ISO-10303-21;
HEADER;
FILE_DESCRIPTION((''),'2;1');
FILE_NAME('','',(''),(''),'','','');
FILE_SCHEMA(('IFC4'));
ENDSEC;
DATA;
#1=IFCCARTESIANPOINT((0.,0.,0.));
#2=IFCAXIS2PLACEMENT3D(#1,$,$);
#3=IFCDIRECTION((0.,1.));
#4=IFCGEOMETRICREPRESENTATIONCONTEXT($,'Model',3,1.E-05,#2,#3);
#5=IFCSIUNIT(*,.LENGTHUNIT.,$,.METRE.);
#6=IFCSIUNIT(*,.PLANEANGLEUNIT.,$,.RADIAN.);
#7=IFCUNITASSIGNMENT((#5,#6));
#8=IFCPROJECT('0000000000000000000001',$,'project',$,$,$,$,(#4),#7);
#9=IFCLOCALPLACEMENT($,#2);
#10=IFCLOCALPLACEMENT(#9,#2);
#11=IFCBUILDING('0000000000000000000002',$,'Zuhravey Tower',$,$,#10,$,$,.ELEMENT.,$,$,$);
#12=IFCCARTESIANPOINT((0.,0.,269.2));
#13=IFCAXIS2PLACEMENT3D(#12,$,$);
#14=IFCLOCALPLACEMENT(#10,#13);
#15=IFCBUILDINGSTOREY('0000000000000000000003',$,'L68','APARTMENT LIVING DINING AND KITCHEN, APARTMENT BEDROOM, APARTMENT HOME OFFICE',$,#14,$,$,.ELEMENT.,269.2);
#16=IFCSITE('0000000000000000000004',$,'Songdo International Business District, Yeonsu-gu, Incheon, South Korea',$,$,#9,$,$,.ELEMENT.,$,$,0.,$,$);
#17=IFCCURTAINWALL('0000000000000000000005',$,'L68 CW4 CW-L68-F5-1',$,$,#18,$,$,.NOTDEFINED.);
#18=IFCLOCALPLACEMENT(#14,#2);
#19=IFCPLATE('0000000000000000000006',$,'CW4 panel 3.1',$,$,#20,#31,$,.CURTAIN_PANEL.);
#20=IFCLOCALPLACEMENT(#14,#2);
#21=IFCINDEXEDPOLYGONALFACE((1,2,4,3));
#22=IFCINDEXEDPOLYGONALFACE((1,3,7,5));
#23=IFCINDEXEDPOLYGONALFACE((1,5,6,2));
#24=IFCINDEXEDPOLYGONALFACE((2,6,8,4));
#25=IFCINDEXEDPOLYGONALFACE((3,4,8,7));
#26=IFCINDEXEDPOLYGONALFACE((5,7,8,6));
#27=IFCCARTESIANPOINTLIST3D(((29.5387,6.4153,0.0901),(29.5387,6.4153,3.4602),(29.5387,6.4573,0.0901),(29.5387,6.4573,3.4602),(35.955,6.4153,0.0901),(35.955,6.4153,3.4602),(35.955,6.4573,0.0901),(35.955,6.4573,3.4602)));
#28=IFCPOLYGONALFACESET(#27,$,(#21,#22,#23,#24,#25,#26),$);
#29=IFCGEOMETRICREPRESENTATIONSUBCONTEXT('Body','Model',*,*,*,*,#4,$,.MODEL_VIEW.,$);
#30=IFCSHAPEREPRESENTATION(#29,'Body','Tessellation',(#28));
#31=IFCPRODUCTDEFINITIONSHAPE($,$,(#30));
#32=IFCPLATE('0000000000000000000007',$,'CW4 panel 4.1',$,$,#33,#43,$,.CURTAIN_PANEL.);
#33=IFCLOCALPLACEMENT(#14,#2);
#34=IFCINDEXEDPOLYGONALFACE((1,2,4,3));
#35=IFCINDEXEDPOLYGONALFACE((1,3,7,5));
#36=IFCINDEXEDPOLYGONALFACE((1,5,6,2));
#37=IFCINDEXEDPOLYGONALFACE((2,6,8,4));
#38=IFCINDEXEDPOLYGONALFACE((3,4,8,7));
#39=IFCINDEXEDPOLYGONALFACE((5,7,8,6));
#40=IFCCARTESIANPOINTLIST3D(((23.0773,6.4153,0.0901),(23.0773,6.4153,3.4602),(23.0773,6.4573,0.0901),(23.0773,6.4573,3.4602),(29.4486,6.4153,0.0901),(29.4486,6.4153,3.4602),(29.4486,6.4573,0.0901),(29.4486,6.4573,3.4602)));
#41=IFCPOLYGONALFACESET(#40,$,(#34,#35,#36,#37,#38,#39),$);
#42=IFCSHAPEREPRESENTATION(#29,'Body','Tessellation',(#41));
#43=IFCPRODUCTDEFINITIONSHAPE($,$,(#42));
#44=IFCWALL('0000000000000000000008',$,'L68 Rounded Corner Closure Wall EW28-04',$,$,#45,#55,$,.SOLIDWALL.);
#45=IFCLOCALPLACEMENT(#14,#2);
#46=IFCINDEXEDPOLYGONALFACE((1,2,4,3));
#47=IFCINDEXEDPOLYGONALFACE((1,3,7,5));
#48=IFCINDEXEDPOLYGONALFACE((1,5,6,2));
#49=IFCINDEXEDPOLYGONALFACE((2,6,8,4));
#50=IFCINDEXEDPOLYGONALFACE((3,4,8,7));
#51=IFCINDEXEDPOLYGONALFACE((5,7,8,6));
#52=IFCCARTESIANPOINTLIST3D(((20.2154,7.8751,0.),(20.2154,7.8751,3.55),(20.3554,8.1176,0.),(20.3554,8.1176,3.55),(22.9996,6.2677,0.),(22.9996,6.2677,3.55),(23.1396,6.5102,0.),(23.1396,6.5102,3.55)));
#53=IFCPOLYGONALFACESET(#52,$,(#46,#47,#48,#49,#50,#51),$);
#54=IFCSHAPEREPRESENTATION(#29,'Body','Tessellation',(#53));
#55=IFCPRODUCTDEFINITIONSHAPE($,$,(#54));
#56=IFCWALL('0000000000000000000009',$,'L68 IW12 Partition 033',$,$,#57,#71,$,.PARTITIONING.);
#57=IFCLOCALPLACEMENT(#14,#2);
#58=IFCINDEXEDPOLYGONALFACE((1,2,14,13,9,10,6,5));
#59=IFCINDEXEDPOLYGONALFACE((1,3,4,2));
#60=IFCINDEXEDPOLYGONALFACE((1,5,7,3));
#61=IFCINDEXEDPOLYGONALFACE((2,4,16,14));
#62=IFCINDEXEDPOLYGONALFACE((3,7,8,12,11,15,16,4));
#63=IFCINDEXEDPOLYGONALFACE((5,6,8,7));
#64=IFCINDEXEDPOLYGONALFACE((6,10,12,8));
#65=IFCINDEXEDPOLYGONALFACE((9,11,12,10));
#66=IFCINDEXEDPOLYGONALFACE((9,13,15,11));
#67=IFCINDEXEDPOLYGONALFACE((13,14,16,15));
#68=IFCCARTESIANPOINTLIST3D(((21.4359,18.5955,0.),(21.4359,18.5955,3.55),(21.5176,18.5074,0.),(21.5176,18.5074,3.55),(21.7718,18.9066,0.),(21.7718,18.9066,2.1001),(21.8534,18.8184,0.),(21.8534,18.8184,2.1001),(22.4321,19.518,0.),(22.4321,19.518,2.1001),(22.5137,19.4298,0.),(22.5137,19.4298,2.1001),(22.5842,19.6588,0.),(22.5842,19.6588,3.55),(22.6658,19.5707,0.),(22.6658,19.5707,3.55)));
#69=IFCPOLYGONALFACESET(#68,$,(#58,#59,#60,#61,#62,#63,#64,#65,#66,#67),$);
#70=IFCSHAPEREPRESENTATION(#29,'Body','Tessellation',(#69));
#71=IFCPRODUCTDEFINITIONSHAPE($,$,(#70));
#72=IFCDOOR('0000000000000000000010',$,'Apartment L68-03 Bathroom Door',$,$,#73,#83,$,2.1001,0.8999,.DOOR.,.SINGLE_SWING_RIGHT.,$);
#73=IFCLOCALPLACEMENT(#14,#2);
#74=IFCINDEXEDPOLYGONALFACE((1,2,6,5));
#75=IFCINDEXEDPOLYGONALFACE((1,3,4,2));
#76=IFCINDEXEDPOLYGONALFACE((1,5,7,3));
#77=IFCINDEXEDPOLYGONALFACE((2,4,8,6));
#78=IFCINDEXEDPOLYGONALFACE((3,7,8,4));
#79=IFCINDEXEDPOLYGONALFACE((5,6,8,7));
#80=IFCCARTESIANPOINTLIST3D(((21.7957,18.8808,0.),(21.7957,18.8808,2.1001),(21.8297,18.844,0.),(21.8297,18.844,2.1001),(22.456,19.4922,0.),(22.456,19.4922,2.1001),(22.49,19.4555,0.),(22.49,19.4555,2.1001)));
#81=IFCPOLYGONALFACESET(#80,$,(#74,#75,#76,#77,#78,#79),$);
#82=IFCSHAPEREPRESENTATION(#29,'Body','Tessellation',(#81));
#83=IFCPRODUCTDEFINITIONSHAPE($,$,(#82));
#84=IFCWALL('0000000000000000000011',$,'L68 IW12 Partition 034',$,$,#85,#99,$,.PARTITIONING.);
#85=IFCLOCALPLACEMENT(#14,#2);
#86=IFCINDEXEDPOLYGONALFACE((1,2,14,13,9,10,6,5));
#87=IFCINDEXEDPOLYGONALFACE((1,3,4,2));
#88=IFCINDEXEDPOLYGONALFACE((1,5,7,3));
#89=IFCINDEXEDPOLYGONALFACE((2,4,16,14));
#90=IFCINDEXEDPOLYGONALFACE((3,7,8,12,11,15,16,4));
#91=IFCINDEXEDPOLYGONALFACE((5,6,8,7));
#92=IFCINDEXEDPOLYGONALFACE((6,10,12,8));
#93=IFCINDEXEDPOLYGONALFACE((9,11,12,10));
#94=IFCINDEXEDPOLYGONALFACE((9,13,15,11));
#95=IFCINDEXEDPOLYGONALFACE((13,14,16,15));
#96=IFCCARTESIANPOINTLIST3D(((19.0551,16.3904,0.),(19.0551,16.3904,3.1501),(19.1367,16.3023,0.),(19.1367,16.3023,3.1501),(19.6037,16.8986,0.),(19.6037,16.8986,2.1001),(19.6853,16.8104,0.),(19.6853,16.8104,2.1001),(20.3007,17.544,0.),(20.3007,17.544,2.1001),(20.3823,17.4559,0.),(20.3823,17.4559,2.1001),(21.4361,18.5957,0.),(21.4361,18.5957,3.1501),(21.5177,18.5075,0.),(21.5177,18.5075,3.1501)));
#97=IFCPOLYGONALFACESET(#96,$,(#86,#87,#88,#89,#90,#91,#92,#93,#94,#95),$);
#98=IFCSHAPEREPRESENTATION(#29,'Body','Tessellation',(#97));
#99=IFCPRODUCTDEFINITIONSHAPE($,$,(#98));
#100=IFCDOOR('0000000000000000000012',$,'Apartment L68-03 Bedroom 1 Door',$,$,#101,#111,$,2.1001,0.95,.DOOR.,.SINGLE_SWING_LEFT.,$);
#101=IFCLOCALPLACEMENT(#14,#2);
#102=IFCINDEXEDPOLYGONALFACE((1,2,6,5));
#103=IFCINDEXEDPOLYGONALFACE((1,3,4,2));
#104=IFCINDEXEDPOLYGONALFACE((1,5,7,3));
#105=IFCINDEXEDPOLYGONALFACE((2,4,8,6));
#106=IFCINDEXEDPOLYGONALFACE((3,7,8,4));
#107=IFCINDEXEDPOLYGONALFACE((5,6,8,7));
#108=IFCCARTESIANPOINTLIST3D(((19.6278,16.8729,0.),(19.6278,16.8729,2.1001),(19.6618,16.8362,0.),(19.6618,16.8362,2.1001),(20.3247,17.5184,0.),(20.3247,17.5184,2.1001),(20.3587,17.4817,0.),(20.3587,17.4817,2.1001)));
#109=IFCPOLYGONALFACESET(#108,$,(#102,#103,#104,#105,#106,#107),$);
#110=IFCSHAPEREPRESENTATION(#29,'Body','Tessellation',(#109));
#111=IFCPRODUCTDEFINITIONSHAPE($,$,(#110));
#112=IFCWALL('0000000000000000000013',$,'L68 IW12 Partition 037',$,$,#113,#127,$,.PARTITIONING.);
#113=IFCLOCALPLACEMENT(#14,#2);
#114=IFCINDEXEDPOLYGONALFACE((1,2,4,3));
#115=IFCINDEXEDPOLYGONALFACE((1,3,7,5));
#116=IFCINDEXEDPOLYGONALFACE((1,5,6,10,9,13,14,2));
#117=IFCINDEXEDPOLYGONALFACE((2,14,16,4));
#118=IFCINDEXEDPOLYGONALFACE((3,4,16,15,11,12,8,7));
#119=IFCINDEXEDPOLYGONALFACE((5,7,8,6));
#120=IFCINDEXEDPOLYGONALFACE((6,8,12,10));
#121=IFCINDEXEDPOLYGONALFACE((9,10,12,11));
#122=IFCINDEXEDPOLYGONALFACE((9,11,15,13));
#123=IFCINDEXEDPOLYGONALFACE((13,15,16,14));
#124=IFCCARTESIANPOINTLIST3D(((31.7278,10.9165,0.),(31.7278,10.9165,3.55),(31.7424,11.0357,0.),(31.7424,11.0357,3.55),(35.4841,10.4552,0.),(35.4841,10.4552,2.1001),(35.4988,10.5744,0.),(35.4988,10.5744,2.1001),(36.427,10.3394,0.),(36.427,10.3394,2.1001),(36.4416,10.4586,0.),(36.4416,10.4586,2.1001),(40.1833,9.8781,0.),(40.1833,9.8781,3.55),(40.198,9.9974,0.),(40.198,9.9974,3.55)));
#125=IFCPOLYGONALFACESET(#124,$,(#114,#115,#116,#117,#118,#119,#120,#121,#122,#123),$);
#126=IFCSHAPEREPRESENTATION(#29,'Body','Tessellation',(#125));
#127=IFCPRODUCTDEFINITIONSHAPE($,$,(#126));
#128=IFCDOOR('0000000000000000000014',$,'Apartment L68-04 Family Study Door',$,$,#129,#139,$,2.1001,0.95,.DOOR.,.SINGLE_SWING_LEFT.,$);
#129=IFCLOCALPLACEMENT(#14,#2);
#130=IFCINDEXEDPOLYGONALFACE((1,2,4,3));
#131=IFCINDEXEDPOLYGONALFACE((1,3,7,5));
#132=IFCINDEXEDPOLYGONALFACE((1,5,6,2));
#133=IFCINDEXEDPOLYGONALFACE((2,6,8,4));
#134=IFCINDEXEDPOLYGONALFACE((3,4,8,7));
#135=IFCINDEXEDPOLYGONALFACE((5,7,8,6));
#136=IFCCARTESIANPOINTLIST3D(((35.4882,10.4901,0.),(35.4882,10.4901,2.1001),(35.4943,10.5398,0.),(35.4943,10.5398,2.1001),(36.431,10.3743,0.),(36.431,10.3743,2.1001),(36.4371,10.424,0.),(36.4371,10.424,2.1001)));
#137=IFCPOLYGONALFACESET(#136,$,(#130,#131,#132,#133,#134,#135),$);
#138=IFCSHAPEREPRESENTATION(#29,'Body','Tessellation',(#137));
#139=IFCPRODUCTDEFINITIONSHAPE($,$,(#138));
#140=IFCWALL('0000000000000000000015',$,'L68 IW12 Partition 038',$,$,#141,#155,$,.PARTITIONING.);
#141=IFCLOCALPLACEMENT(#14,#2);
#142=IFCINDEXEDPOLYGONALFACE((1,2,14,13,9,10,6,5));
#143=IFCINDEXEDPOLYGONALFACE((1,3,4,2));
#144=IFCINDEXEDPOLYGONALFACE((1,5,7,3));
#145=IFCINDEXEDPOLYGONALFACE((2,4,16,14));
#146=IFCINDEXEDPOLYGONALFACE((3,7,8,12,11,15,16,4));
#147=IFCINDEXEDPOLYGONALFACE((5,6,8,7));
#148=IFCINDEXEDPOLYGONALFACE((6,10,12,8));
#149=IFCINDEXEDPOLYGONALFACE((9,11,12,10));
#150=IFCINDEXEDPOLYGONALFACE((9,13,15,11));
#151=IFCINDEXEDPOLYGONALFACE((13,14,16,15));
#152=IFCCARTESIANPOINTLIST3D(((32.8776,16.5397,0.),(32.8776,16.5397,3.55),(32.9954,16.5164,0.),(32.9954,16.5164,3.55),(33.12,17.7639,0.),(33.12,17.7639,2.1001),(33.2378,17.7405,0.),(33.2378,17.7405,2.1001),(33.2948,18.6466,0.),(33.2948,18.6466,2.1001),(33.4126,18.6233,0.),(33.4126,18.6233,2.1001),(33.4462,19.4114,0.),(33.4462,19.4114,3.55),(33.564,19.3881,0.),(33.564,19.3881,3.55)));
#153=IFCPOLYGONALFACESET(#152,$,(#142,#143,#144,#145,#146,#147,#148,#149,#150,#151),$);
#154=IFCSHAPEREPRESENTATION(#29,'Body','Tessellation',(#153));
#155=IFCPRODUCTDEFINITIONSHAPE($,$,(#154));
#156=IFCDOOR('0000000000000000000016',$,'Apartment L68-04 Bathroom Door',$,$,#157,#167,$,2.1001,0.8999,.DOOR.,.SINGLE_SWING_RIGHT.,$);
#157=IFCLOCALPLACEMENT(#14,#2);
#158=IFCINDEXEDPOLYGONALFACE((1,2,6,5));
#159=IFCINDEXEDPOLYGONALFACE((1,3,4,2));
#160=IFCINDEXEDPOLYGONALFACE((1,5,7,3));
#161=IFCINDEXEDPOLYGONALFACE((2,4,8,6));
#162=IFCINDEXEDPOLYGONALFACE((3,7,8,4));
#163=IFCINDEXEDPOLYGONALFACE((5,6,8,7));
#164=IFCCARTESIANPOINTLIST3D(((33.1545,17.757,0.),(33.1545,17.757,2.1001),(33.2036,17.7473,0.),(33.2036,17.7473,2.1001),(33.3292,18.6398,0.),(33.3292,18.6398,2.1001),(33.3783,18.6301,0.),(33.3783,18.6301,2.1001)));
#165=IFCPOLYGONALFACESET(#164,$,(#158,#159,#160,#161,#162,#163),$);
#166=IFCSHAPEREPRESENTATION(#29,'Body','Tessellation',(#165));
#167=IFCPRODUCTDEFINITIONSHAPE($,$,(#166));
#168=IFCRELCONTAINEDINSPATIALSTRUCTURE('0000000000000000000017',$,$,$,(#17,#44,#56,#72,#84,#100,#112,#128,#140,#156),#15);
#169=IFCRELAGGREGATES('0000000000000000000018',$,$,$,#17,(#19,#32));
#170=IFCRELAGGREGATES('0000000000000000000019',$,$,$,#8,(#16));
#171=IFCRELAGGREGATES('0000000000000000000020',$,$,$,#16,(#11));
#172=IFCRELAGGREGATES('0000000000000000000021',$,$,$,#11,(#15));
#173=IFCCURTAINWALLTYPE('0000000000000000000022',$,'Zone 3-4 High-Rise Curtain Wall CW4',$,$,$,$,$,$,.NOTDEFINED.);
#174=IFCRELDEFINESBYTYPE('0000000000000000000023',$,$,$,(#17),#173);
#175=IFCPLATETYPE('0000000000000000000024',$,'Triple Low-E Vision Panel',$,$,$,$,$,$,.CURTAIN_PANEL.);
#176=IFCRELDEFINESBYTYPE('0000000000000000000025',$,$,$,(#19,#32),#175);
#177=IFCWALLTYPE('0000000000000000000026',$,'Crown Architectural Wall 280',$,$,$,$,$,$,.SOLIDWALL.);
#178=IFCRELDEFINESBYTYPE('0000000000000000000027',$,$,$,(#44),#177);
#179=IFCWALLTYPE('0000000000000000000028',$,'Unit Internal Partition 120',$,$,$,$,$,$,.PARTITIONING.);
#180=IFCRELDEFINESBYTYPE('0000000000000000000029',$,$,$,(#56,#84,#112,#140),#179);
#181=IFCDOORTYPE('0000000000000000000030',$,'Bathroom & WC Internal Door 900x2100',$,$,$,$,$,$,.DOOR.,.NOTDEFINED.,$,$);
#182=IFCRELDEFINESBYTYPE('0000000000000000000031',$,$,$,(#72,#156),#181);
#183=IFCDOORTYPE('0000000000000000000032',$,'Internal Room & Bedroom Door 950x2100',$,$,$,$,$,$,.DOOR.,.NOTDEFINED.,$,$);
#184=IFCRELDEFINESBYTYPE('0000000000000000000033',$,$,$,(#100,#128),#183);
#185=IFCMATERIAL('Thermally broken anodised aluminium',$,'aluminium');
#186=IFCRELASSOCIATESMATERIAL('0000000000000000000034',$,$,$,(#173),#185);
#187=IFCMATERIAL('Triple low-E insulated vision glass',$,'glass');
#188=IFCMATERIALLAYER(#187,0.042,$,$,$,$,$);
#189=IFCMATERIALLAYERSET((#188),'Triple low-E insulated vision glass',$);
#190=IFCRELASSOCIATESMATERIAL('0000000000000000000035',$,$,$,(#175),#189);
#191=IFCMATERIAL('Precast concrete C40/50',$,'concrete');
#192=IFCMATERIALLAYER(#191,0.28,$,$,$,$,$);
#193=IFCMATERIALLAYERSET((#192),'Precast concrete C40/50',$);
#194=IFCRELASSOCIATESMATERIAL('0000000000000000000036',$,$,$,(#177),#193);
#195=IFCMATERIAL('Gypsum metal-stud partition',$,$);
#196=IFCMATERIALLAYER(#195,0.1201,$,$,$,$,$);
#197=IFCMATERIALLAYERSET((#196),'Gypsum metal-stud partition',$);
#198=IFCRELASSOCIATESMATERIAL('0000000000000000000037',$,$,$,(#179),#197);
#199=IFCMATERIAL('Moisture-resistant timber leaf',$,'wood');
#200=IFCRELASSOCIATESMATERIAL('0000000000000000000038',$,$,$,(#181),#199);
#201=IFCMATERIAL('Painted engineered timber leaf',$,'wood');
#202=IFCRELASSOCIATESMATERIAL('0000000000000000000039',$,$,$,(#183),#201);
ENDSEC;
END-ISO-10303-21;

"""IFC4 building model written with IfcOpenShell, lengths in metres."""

from ifc_helpers import new_model, si_unit, direction, frame, frame_2d, origin, origin_2d, place, context, subcontext, project, spatial, rectangle, extrude, material, layer, layer_set, type_object, element, fill, aggregate, save


model = new_model("IFC4")

# Units and contexts
model_context = context("Model", 3, precision=1e-05, world=origin(), true_north=direction((0.0, 1.0)))
body_context = subcontext(model_context, "Body", "Model", "MODEL_VIEW")
ifc_project = project(units=[si_unit("LENGTHUNIT", "METRE"), si_unit("PLANEANGLEUNIT", "RADIAN")], contexts=[model_context])

# Site, building, storey
site_placement = place(None, origin())
site = spatial("IfcSite", under=ifc_project, at=site_placement, Name="Songdo International Business District, Yeonsu-gu, Incheon, South Korea", CompositionType="ELEMENT", RefElevation=0.0)
building_placement = place(site_placement, origin())
building = spatial("IfcBuilding", under=site, at=building_placement, Name="Zuhravey Tower", CompositionType="ELEMENT")
storey_placement = place(building_placement, frame((0.0, 0.0, 269.2)))
storey = spatial("IfcBuildingStorey", under=building, at=storey_placement, Name="L68", Description="APARTMENT LIVING DINING AND KITCHEN, APARTMENT BEDROOM, APARTMENT HOME OFFICE", CompositionType="ELEMENT", Elevation=269.2)

# Curtain wall
ifc_material_1 = material(Name="Thermally broken anodised aluminium", Category="aluminium")
curtain_wall_type = type_object("IfcCurtainWallType", Name="Zone 3-4 High-Rise Curtain Wall CW4", PredefinedType="NOTDEFINED", material=ifc_material_1)
curtain_wall_placement = place(storey_placement, origin())
curtain_wall = element("IfcCurtainWall", 1, at=curtain_wall_placement, inside=storey, type_object=curtain_wall_type, Name="L68 CW4 CW-L68-F5-1", PredefinedType="NOTDEFINED")

# Plates
ifc_material_2 = material(Name="Triple low-E insulated vision glass", Category="glass")
ifc_layer_1 = layer(ifc_material_2, 0.042)
ifc_layer_set_1 = layer_set([ifc_layer_1], Name="Triple low-E insulated vision glass")
plate_type_1 = type_object("IfcPlateType", Name="Triple Low-E Vision Panel", PredefinedType="CURTAIN_PANEL", material=ifc_layer_set_1)
plate_1_placement = place(storey_placement, frame((32.7468, 6.4363, 0.0901), z_axis=(0.0, 0.0, 1.0), x_axis=(-1.0, 0.0, 0.0)))
plate_1 = element("IfcPlate", 2, at=plate_1_placement, type_object=plate_type_1, Name="CW4 panel 3.1", PredefinedType="CURTAIN_PANEL", context=body_context, shape_type="SweptSolid", body=[
    extrude(rectangle(XDim=6.4163, YDim=0.042, at=origin_2d()), origin(), (0.0, 0.0, 1.0), 3.3701),
])
plate_2_placement = place(storey_placement, frame((26.2629, 6.4363, 0.0901), z_axis=(0.0, 0.0, 1.0), x_axis=(-1.0, 0.0, 0.0)))
plate_2 = element("IfcPlate", 3, at=plate_2_placement, type_object=plate_type_1, Name="CW4 panel 4.1", PredefinedType="CURTAIN_PANEL", context=body_context, shape_type="SweptSolid", body=[
    extrude(rectangle(XDim=6.3713, YDim=0.042, at=origin_2d()), origin(), (0.0, 0.0, 1.0), 3.3701),
])
aggregate(curtain_wall, [plate_1, plate_2])

# Wall
ifc_material_3 = material(Name="Precast concrete C40/50", Category="concrete")
ifc_layer_2 = layer(ifc_material_3, 0.28)
ifc_layer_set_2 = layer_set([ifc_layer_2], Name="Precast concrete C40/50")
wall_type_1 = type_object("IfcWallType", Name="Crown Architectural Wall 280", PredefinedType="SOLIDWALL", material=ifc_layer_set_2)
wall_1_placement = place(storey_placement, frame((23.0696, 6.3889, 0.0), z_axis=(0.0, 0.0, 1.0), x_axis=(-0.866029, 0.499994, 0.0)))
element("IfcWall", 4, at=wall_1_placement, inside=storey, type_object=wall_type_1, Name="L68 Rounded Corner Closure Wall EW28-04", PredefinedType="SOLIDWALL", context=body_context, shape_type="SweptSolid", body=[
    extrude(rectangle(XDim=3.2148, YDim=0.28, at=frame_2d((1.6074, 0.0))), origin(), (0.0, 0.0, 1.0), 3.55),
])

# Walls, openings, doors
ifc_material_4 = material(Name="Gypsum metal-stud partition")
ifc_layer_3 = layer(ifc_material_4, 0.1201)
ifc_layer_set_3 = layer_set([ifc_layer_3], Name="Gypsum metal-stud partition")
wall_type_2 = type_object("IfcWallType", Name="Unit Internal Partition 120", PredefinedType="PARTITIONING", material=ifc_layer_set_3)
wall_2_placement = place(storey_placement, frame((22.625, 19.6147, 0.0), z_axis=(0.0, 0.0, 1.0), x_axis=(-0.733732, -0.679439, 0.0)))
wall_2 = element("IfcWall", 5, at=wall_2_placement, inside=storey, type_object=wall_type_2, Name="L68 IW12 Partition 033", PredefinedType="PARTITIONING", context=body_context, shape_type="SweptSolid", body=[
    extrude(rectangle(XDim=1.5649, YDim=0.1201, at=frame_2d((0.7825, 0.0))), origin(), (0.0, 0.0, 1.0), 3.55),
])
opening_1_placement = place(wall_2_placement, frame((0.2073, 0.0, 0.0)))
opening_1 = element("IfcOpeningElement", 6, at=opening_1_placement, cuts=wall_2, PredefinedType="OPENING", context=body_context, shape_type="SweptSolid", body=[
    extrude(rectangle(XDim=0.8999, YDim=2.1001, at=frame_2d((0.45, 1.05))), frame((0.0, 0.072, 0.0), z_axis=(0.0, -1.0, 0.0), x_axis=(1.0, 0.0, 0.0)), (0.0, 0.0, 1.0), 0.144),
])
ifc_material_5 = material(Name="Moisture-resistant timber leaf", Category="wood")
door_type_1 = type_object("IfcDoorType", Name="Bathroom & WC Internal Door 900x2100", OperationType="NOTDEFINED", PredefinedType="DOOR", material=ifc_material_5)
door_1_placement = place(opening_1_placement, frame((0.8999, 0.0, 0.0), z_axis=(0.0, 0.0, 1.0), x_axis=(-1.0, 0.0, 0.0)))
door_1 = element("IfcDoor", 7, at=door_1_placement, inside=storey, type_object=door_type_1, Name="Apartment L68-03 Bathroom Door", OperationType="SINGLE_SWING_RIGHT", OverallHeight=2.1001, OverallWidth=0.8999, PredefinedType="DOOR", context=body_context, shape_type="SweptSolid", body=[
    extrude(rectangle(XDim=0.8999, YDim=2.1001, at=frame_2d((0.45, 1.05))), frame((0.0, 0.0249, 0.0), z_axis=(0.0, -1.0, 0.0), x_axis=(1.0, 0.0, 0.0)), (0.0, 0.0, 1.0), 0.05),
])
fill(opening_1, door_1)
wall_3_placement = place(storey_placement, frame((21.4768, 18.5515, 0.0), z_axis=(0.0, 0.0, 1.0), x_axis=(-0.733669, -0.679507, 0.0)))
wall_3 = element("IfcWall", 8, at=wall_3_placement, inside=storey, type_object=wall_type_2, Name="L68 IW12 Partition 034", PredefinedType="PARTITIONING", context=body_context, shape_type="SweptSolid", body=[
    extrude(rectangle(XDim=3.2454, YDim=0.1201, at=frame_2d((1.6226, 0.0))), origin(), (0.0, 0.0, 1.0), 3.1501),
])
opening_2_placement = place(wall_3_placement, frame((1.5474, 0.0, 0.0)))
opening_2 = element("IfcOpeningElement", 9, at=opening_2_placement, cuts=wall_3, PredefinedType="OPENING", context=body_context, shape_type="SweptSolid", body=[
    extrude(rectangle(XDim=0.95, YDim=2.1001, at=frame_2d((0.4751, 1.05))), frame((0.0, 0.072, 0.0), z_axis=(0.0, -1.0, 0.0), x_axis=(1.0, 0.0, 0.0)), (0.0, 0.0, 1.0), 0.144),
])
ifc_material_6 = material(Name="Painted engineered timber leaf", Category="wood")
door_type_2 = type_object("IfcDoorType", Name="Internal Room & Bedroom Door 950x2100", OperationType="NOTDEFINED", PredefinedType="DOOR", material=ifc_material_6)
door_2_placement = place(opening_2_placement, frame((0.95, 0.0, 0.0), z_axis=(0.0, 0.0, 1.0), x_axis=(-1.0, 0.0, 0.0)))
door_2 = element("IfcDoor", 10, at=door_2_placement, inside=storey, type_object=door_type_2, Name="Apartment L68-03 Bedroom 1 Door", OperationType="SINGLE_SWING_LEFT", OverallHeight=2.1001, OverallWidth=0.95, PredefinedType="DOOR", context=body_context, shape_type="SweptSolid", body=[
    extrude(rectangle(XDim=0.95, YDim=2.1001, at=frame_2d((0.4751, 1.05))), frame((0.0, 0.0249, 0.0), z_axis=(0.0, -1.0, 0.0), x_axis=(1.0, 0.0, 0.0)), (0.0, 0.0, 1.0), 0.05),
])
fill(opening_2, door_2)
wall_4_placement = place(storey_placement, frame((31.7351, 10.9761, 0.0), z_axis=(0.0, 0.0, 1.0), x_axis=(0.992544, -0.121883, 0.0)))
wall_4 = element("IfcWall", 11, at=wall_4_placement, inside=storey, type_object=wall_type_2, Name="L68 IW12 Partition 037", PredefinedType="PARTITIONING", context=body_context, shape_type="SweptSolid", body=[
    extrude(rectangle(XDim=8.519, YDim=0.1201, at=frame_2d((4.2595, 0.0))), origin(), (0.0, 0.0, 1.0), 3.55),
])
opening_3_placement = place(wall_4_placement, frame((3.7844, 0.0, 0.0)))
opening_3 = element("IfcOpeningElement", 12, at=opening_3_placement, cuts=wall_4, PredefinedType="OPENING", context=body_context, shape_type="SweptSolid", body=[
    extrude(rectangle(XDim=0.95, YDim=2.1001, at=frame_2d((0.4751, 1.05))), frame((0.0, 0.072, 0.0), z_axis=(0.0, -1.0, 0.0), x_axis=(1.0, 0.0, 0.0)), (0.0, 0.0, 1.0), 0.144),
])
door_3_placement = place(opening_3_placement, frame((0.95, 0.0, 0.0), z_axis=(0.0, 0.0, 1.0), x_axis=(-1.0, 0.0, 0.0)))
door_3 = element("IfcDoor", 13, at=door_3_placement, inside=storey, type_object=door_type_2, Name="Apartment L68-04 Family Study Door", OperationType="SINGLE_SWING_LEFT", OverallHeight=2.1001, OverallWidth=0.95, PredefinedType="DOOR", context=body_context, shape_type="SweptSolid", body=[
    extrude(rectangle(XDim=0.95, YDim=2.1001, at=frame_2d((0.4751, 1.05))), frame((0.0, 0.0249, 0.0), z_axis=(0.0, -1.0, 0.0), x_axis=(1.0, 0.0, 0.0)), (0.0, 0.0, 1.0), 0.05),
])
fill(opening_3, door_3)
wall_5_placement = place(storey_placement, frame((33.5051, 19.3999, 0.0), z_axis=(0.0, 0.0, 1.0), x_axis=(-0.194223, -0.980957, 0.0)))
wall_5 = element("IfcWall", 14, at=wall_5_placement, inside=storey, type_object=wall_type_2, Name="L68 IW12 Partition 038", PredefinedType="PARTITIONING", context=body_context, shape_type="SweptSolid", body=[
    extrude(rectangle(XDim=2.9275, YDim=0.1201, at=frame_2d((1.4639, 0.0))), origin(), (0.0, 0.0, 1.0), 3.55),
])
opening_4_placement = place(wall_5_placement, frame((0.7798, 0.0, 0.0)))
opening_4 = element("IfcOpeningElement", 15, at=opening_4_placement, cuts=wall_5, PredefinedType="OPENING", context=body_context, shape_type="SweptSolid", body=[
    extrude(rectangle(XDim=0.8999, YDim=2.1001, at=frame_2d((0.45, 1.05))), frame((0.0, 0.072, 0.0), z_axis=(0.0, -1.0, 0.0), x_axis=(1.0, 0.0, 0.0)), (0.0, 0.0, 1.0), 0.144),
])
door_4_placement = place(opening_4_placement, frame((0.8999, 0.0, 0.0), z_axis=(0.0, 0.0, 1.0), x_axis=(-1.0, 0.0, 0.0)))
door_4 = element("IfcDoor", 16, at=door_4_placement, inside=storey, type_object=door_type_1, Name="Apartment L68-04 Bathroom Door", OperationType="SINGLE_SWING_RIGHT", OverallHeight=2.1001, OverallWidth=0.8999, PredefinedType="DOOR", context=body_context, shape_type="SweptSolid", body=[
    extrude(rectangle(XDim=0.8999, YDim=2.1001, at=frame_2d((0.45, 1.05))), frame((0.0, 0.0249, 0.0), z_axis=(0.0, -1.0, 0.0), x_axis=(1.0, 0.0, 0.0)), (0.0, 0.0, 1.0), 0.05),
])
fill(opening_4, door_4)

save(model, "model.ifc")
